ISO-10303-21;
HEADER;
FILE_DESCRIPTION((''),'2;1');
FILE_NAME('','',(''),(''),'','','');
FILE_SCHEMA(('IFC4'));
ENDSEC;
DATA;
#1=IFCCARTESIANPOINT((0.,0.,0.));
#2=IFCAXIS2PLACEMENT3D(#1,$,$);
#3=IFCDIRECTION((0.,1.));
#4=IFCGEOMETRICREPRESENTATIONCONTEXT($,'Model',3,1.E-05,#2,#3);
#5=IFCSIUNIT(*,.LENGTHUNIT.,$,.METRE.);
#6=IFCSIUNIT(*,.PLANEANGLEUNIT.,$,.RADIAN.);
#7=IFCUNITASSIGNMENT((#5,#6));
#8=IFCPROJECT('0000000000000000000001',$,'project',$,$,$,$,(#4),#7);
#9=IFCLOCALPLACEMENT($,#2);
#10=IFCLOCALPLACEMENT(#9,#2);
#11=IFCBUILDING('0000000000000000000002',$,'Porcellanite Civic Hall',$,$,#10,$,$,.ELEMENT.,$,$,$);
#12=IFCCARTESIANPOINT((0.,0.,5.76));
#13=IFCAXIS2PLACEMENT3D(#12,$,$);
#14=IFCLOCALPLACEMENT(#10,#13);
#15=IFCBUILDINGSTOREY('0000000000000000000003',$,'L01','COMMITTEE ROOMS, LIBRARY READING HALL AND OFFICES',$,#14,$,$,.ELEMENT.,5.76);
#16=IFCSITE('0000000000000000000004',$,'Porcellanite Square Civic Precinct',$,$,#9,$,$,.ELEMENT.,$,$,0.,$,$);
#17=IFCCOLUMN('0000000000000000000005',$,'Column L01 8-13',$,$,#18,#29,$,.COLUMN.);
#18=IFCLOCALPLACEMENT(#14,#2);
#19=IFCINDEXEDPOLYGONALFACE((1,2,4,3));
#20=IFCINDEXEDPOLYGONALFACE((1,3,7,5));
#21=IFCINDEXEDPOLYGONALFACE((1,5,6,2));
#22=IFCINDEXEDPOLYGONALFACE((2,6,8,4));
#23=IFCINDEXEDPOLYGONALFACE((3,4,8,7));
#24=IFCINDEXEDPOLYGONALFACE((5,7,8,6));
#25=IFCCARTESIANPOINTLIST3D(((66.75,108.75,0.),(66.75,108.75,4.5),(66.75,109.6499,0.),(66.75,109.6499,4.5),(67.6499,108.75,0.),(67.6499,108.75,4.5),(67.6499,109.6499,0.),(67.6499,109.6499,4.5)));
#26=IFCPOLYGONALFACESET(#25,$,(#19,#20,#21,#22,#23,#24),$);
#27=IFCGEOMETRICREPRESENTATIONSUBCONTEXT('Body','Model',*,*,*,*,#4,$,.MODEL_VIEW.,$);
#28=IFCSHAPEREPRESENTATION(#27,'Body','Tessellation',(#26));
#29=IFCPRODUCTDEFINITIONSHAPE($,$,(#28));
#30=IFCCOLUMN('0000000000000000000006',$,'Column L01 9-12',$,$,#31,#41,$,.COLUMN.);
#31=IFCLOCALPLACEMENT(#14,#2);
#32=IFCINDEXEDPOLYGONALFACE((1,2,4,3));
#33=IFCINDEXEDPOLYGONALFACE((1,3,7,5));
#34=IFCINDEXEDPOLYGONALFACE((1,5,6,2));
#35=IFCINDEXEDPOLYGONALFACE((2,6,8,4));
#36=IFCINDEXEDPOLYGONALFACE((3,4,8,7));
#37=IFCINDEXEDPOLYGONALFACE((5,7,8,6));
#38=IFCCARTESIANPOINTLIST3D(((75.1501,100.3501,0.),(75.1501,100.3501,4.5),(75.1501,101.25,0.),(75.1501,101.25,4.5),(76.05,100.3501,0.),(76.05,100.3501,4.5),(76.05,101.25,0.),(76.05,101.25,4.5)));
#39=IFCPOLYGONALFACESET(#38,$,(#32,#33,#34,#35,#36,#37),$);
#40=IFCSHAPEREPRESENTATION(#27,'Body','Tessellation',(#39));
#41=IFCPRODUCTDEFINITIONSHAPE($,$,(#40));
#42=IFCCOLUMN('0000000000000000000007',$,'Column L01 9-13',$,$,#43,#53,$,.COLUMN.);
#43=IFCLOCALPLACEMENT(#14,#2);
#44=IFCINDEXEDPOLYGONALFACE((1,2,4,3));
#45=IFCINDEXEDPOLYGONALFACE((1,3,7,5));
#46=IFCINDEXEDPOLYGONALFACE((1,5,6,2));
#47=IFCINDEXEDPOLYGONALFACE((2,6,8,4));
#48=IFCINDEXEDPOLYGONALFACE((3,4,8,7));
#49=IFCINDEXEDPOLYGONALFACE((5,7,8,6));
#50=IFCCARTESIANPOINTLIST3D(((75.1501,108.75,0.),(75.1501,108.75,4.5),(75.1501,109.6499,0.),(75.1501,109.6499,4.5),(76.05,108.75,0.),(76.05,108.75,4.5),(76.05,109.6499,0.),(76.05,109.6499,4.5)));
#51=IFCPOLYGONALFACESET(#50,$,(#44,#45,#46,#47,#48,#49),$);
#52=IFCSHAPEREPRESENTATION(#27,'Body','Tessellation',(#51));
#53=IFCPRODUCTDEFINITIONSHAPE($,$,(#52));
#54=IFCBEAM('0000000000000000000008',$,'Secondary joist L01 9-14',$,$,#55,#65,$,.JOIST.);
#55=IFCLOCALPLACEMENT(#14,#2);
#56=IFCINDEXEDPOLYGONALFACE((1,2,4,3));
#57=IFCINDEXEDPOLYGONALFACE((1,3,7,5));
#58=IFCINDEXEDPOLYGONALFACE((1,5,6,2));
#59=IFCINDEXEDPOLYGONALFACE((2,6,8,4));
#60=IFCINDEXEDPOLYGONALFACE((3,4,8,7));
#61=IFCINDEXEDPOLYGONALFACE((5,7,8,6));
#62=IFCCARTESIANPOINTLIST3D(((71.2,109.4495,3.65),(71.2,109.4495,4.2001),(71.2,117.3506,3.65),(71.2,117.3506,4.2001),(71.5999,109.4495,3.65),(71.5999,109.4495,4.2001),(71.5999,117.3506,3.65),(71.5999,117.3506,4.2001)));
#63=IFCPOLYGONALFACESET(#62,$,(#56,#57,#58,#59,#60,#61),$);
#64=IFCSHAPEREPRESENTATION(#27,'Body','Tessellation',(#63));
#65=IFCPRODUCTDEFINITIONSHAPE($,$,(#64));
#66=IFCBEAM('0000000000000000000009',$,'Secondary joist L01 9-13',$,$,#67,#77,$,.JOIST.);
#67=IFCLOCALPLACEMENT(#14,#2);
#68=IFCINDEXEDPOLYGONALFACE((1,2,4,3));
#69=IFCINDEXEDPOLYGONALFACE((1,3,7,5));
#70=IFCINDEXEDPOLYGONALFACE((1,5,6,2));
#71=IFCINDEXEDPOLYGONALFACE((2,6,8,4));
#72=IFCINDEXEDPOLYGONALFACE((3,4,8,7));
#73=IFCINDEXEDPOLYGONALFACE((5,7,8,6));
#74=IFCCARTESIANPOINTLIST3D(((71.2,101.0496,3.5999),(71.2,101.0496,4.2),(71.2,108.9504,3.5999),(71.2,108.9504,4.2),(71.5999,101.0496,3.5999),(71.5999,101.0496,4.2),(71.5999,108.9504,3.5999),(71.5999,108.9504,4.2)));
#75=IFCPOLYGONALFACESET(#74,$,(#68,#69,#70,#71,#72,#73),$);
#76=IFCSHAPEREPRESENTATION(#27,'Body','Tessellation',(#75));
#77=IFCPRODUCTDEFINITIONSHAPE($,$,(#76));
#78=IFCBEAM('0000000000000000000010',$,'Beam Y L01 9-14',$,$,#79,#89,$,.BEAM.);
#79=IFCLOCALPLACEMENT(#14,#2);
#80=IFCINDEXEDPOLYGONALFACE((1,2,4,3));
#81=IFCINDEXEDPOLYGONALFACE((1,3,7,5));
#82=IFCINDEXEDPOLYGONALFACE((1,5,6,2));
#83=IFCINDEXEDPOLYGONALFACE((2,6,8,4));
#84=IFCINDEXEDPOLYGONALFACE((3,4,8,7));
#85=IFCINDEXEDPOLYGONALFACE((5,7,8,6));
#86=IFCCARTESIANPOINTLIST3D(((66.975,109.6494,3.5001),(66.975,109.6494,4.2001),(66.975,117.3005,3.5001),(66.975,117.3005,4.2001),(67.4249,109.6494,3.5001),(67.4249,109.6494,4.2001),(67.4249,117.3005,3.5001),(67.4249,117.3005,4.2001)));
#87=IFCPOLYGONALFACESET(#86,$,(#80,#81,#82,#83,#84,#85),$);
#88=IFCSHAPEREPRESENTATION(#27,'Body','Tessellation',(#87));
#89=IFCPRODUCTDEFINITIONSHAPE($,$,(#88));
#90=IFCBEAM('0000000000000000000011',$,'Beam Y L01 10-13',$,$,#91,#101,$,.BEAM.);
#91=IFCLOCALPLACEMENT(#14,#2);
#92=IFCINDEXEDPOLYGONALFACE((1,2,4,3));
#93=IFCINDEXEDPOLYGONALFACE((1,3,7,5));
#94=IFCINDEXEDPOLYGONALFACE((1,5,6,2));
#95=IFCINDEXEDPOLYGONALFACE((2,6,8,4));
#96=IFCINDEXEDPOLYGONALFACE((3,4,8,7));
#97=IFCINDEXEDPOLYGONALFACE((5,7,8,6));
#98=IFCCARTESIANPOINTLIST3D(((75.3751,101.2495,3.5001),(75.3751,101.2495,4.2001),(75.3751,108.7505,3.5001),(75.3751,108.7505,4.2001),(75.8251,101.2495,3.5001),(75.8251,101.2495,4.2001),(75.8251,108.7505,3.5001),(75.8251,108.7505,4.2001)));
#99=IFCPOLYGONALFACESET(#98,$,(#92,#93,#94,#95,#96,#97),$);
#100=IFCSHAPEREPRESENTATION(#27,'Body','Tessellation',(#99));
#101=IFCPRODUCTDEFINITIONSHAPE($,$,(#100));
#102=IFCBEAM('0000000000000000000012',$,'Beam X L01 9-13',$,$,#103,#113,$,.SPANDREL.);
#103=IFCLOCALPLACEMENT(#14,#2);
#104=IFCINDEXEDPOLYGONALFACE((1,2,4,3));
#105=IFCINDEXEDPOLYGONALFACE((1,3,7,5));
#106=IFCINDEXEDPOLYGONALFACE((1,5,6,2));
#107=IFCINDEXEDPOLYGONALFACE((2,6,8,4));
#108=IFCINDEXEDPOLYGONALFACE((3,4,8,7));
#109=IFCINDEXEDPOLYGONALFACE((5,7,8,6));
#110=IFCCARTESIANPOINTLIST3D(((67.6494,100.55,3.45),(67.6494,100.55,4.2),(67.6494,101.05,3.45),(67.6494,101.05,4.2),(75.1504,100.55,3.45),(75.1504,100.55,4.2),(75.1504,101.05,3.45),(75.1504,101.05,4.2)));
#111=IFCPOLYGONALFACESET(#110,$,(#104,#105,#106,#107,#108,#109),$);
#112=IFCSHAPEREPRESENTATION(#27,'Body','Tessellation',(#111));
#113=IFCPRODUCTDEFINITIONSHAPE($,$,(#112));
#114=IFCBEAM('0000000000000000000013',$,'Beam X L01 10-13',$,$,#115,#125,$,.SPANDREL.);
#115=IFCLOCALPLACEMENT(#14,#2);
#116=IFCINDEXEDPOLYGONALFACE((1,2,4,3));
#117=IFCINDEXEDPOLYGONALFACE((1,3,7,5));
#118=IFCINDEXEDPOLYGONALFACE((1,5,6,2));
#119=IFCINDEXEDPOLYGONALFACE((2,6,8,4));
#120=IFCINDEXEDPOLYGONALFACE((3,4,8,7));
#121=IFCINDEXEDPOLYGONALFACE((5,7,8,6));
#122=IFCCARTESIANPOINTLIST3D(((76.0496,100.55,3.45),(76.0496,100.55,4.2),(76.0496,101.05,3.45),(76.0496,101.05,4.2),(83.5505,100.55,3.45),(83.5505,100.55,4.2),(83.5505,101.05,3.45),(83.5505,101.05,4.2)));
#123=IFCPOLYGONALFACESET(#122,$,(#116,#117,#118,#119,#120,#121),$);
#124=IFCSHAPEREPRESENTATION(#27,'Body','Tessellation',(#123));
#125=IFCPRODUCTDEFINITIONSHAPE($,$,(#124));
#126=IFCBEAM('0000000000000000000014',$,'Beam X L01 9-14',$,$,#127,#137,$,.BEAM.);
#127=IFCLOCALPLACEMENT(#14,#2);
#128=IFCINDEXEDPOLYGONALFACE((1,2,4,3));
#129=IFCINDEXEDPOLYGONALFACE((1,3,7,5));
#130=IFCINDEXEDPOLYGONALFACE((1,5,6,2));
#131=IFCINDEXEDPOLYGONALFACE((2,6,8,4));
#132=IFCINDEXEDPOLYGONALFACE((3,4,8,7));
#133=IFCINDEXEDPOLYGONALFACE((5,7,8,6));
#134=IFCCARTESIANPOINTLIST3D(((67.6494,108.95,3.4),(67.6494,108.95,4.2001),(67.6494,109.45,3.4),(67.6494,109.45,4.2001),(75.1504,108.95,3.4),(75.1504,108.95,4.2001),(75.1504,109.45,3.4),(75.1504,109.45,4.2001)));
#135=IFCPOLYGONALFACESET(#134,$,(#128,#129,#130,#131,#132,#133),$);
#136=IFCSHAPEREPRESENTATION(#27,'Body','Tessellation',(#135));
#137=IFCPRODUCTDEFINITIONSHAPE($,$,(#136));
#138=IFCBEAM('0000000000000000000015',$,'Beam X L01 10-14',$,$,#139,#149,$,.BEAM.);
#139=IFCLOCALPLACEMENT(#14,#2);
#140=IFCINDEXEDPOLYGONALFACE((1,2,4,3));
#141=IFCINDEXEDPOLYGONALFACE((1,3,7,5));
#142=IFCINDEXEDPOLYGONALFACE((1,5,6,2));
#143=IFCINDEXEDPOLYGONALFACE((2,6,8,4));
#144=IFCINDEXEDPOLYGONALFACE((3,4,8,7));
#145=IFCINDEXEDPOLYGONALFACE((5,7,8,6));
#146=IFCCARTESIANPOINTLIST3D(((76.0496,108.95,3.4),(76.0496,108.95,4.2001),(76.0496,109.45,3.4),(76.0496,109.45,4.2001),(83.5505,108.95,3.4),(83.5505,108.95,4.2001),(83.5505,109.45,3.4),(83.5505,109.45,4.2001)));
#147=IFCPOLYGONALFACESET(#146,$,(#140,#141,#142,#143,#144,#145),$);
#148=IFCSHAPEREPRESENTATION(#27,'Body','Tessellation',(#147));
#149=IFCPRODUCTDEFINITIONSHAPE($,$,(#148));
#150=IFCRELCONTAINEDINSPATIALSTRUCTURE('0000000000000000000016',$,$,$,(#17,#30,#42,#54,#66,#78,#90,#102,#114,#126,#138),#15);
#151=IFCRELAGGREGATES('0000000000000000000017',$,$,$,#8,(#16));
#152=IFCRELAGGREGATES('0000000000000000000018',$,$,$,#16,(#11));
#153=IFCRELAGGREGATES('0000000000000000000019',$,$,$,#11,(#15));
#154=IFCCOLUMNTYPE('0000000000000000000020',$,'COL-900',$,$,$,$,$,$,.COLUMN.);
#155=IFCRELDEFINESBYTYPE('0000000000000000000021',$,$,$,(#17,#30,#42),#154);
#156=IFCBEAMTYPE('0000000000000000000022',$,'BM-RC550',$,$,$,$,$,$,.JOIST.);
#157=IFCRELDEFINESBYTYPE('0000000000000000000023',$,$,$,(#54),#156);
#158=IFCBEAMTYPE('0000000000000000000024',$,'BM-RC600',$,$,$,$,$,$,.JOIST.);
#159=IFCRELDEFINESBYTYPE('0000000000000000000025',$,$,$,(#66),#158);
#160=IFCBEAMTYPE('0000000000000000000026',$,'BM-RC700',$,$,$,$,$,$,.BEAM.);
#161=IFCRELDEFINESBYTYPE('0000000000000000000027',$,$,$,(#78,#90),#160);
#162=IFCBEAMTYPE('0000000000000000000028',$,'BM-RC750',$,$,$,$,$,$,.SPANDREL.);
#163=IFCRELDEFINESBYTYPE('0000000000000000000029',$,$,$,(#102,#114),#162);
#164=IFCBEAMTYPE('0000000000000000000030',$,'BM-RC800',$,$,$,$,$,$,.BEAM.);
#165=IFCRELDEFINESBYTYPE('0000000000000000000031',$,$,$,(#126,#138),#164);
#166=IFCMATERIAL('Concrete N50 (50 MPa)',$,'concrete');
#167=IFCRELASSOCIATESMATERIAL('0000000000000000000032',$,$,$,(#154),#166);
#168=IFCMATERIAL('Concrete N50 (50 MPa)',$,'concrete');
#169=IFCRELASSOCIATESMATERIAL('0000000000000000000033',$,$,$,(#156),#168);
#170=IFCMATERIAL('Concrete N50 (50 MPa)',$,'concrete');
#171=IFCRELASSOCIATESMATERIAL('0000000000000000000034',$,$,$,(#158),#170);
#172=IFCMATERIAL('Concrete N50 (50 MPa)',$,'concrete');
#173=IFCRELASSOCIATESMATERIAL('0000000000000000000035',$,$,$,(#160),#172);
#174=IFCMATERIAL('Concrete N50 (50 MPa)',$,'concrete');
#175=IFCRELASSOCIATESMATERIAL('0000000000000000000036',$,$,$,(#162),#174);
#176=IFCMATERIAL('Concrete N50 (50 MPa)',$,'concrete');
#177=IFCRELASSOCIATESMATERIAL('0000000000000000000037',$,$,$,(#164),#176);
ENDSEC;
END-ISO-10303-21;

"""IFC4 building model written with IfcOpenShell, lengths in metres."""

from ifc_helpers import new_model, si_unit, direction, frame, origin, origin_2d, place, context, subcontext, project, spatial, rectangle, extrude, material, material_profile, profile_set, type_object, element, save


model = new_model("IFC4")

# Units and contexts
model_context = context("Model", 3, precision=1e-05, world=origin(), true_north=direction((0.0, 1.0)))
body_context = subcontext(model_context, "Body", "Model", "MODEL_VIEW")
ifc_project = project(units=[si_unit("LENGTHUNIT", "METRE"), si_unit("PLANEANGLEUNIT", "RADIAN")], contexts=[model_context])

# Site, building, storey
site_placement = place(None, origin())
site = spatial("IfcSite", under=ifc_project, at=site_placement, Name="Porcellanite Square Civic Precinct", CompositionType="ELEMENT", RefElevation=0.0)
building_placement = place(site_placement, origin())
building = spatial("IfcBuilding", under=site, at=building_placement, Name="Porcellanite Civic Hall", CompositionType="ELEMENT")
storey_placement = place(building_placement, frame((0.0, 0.0, 5.76)))
storey = spatial("IfcBuildingStorey", under=building, at=storey_placement, Name="L01", Description="COMMITTEE ROOMS, LIBRARY READING HALL AND OFFICES", CompositionType="ELEMENT", Elevation=5.76)

# Columns
ifc_material_1 = material(Name="Concrete N50 (50 MPa)", Category="concrete")
ifc_material_profile_1 = material_profile(ifc_material_1, rectangle(XDim=0.8999, YDim=0.8999, at=origin_2d()), Name="RC-900x900")
ifc_profile_set_1 = profile_set([ifc_material_profile_1], Name="Concrete N50 (50 MPa)")
column_type = type_object("IfcColumnType", Name="COL-900", PredefinedType="COLUMN", material=ifc_profile_set_1)
for number, where, z_axis, x_axis, name in (
    (1, (67.2, 109.2, 0.0), (0.0, 0.0, 1.0), (1.0, 0.0, 0.0), "Column L01 8-13"),
    (2, (75.6001, 100.8, 0.0), (0.0, 0.0, 1.0), (1.0, 0.0, 0.0), "Column L01 9-12"),
    (3, (75.6001, 109.2, 0.0), (0.0, 0.0, 1.0), (1.0, 0.0, 0.0), "Column L01 9-13"),
):
    element("IfcColumn", number, at=place(storey_placement, frame(where, z_axis=z_axis, x_axis=x_axis)), inside=storey, type_object=column_type, Name=name, PredefinedType="COLUMN", context=body_context, shape_type="SweptSolid", body=[
        extrude(rectangle(XDim=0.8999, YDim=0.8999, at=origin_2d()), origin(), (0.0, 0.0, 1.0), 4.5),
    ])

# Beams
ifc_material_2 = material(Name="Concrete N50 (50 MPa)", Category="concrete")
ifc_material_profile_2 = material_profile(ifc_material_2, rectangle(XDim=0.3999, YDim=0.55, at=origin_2d()), Name="RC-400x550")
ifc_profile_set_2 = profile_set([ifc_material_profile_2], Name="Concrete N50 (50 MPa)")
beam_type_1 = type_object("IfcBeamType", Name="BM-RC550", PredefinedType="JOIST", material=ifc_profile_set_2)
beam_1_placement = place(storey_placement, frame((71.3999, 109.4495, 3.925), z_axis=(0.0, 1.0, 0.0), x_axis=(-1.0, 0.0, 0.0)))
element("IfcBeam", 4, at=beam_1_placement, inside=storey, type_object=beam_type_1, Name="Secondary joist L01 9-14", PredefinedType="JOIST", context=body_context, shape_type="SweptSolid", body=[
    extrude(rectangle(XDim=0.3999, YDim=0.55, at=origin_2d()), origin(), (0.0, 0.0, 1.0), 7.9011),
])
ifc_material_3 = material(Name="Concrete N50 (50 MPa)", Category="concrete")
ifc_material_profile_3 = material_profile(ifc_material_3, rectangle(XDim=0.3999, YDim=0.6001, at=origin_2d()), Name="RC-400x600")
ifc_profile_set_3 = profile_set([ifc_material_profile_3], Name="Concrete N50 (50 MPa)")
beam_type_2 = type_object("IfcBeamType", Name="BM-RC600", PredefinedType="JOIST", material=ifc_profile_set_3)
beam_2_placement = place(storey_placement, frame((71.3999, 101.0496, 3.8999), z_axis=(0.0, 1.0, 0.0), x_axis=(-1.0, 0.0, 0.0)))
element("IfcBeam", 5, at=beam_2_placement, inside=storey, type_object=beam_type_2, Name="Secondary joist L01 9-13", PredefinedType="JOIST", context=body_context, shape_type="SweptSolid", body=[
    extrude(rectangle(XDim=0.3999, YDim=0.6001, at=origin_2d()), origin(), (0.0, 0.0, 1.0), 7.9009),
])
ifc_material_4 = material(Name="Concrete N50 (50 MPa)", Category="concrete")
ifc_material_profile_4 = material_profile(ifc_material_4, rectangle(XDim=0.45, YDim=0.7, at=origin_2d()), Name="RC-450x700")
ifc_profile_set_4 = profile_set([ifc_material_profile_4], Name="Concrete N50 (50 MPa)")
beam_type_3 = type_object("IfcBeamType", Name="BM-RC700", PredefinedType="BEAM", material=ifc_profile_set_4)
beam_3_placement = place(storey_placement, frame((67.2, 109.6494, 3.8501), z_axis=(0.0, 1.0, 0.0), x_axis=(-1.0, 0.0, 0.0)))
element("IfcBeam", 6, at=beam_3_placement, inside=storey, type_object=beam_type_3, Name="Beam Y L01 9-14", PredefinedType="BEAM", context=body_context, shape_type="SweptSolid", body=[
    extrude(rectangle(XDim=0.45, YDim=0.7, at=origin_2d()), origin(), (0.0, 0.0, 1.0), 7.6511),
])
beam_4_placement = place(storey_placement, frame((75.6001, 101.2495, 3.8501), z_axis=(0.0, 1.0, 0.0), x_axis=(-1.0, 0.0, 0.0)))
element("IfcBeam", 7, at=beam_4_placement, inside=storey, type_object=beam_type_3, Name="Beam Y L01 10-13", PredefinedType="BEAM", context=body_context, shape_type="SweptSolid", body=[
    extrude(rectangle(XDim=0.45, YDim=0.7, at=origin_2d()), origin(), (0.0, 0.0, 1.0), 7.501),
])
ifc_material_5 = material(Name="Concrete N50 (50 MPa)", Category="concrete")
ifc_material_profile_5 = material_profile(ifc_material_5, rectangle(XDim=0.5, YDim=0.75, at=origin_2d()), Name="RC-500x750")
ifc_profile_set_5 = profile_set([ifc_material_profile_5], Name="Concrete N50 (50 MPa)")
beam_type_4 = type_object("IfcBeamType", Name="BM-RC750", PredefinedType="SPANDREL", material=ifc_profile_set_5)
for number, where, z_axis, x_axis, name in (
    (8, (67.6494, 100.8, 3.825), (1.0, 0.0, 0.0), (0.0, 1.0, 0.0), "Beam X L01 9-13"),
    (9, (76.0496, 100.8, 3.825), (1.0, 0.0, 0.0), (0.0, 1.0, 0.0), "Beam X L01 10-13"),
):
    element("IfcBeam", number, at=place(storey_placement, frame(where, z_axis=z_axis, x_axis=x_axis)), inside=storey, type_object=beam_type_4, Name=name, PredefinedType="SPANDREL", context=body_context, shape_type="SweptSolid", body=[
        extrude(rectangle(XDim=0.5, YDim=0.75, at=origin_2d()), origin(), (0.0, 0.0, 1.0), 7.501),
    ])
ifc_material_6 = material(Name="Concrete N50 (50 MPa)", Category="concrete")
ifc_material_profile_6 = material_profile(ifc_material_6, rectangle(XDim=0.5, YDim=0.8, at=origin_2d()), Name="RC-500x800")
ifc_profile_set_6 = profile_set([ifc_material_profile_6], Name="Concrete N50 (50 MPa)")
beam_type_5 = type_object("IfcBeamType", Name="BM-RC800", PredefinedType="BEAM", material=ifc_profile_set_6)
for number, where, z_axis, x_axis, name in (
    (10, (67.6494, 109.2, 3.8), (1.0, 0.0, 0.0), (0.0, 1.0, 0.0), "Beam X L01 9-14"),
    (11, (76.0496, 109.2, 3.8), (1.0, 0.0, 0.0), (0.0, 1.0, 0.0), "Beam X L01 10-14"),
):
    element("IfcBeam", number, at=place(storey_placement, frame(where, z_axis=z_axis, x_axis=x_axis)), inside=storey, type_object=beam_type_5, Name=name, PredefinedType="BEAM", context=body_context, shape_type="SweptSolid", body=[
        extrude(rectangle(XDim=0.5, YDim=0.8, at=origin_2d()), origin(), (0.0, 0.0, 1.0), 7.501),
    ])

save(model, "model.ifc")
